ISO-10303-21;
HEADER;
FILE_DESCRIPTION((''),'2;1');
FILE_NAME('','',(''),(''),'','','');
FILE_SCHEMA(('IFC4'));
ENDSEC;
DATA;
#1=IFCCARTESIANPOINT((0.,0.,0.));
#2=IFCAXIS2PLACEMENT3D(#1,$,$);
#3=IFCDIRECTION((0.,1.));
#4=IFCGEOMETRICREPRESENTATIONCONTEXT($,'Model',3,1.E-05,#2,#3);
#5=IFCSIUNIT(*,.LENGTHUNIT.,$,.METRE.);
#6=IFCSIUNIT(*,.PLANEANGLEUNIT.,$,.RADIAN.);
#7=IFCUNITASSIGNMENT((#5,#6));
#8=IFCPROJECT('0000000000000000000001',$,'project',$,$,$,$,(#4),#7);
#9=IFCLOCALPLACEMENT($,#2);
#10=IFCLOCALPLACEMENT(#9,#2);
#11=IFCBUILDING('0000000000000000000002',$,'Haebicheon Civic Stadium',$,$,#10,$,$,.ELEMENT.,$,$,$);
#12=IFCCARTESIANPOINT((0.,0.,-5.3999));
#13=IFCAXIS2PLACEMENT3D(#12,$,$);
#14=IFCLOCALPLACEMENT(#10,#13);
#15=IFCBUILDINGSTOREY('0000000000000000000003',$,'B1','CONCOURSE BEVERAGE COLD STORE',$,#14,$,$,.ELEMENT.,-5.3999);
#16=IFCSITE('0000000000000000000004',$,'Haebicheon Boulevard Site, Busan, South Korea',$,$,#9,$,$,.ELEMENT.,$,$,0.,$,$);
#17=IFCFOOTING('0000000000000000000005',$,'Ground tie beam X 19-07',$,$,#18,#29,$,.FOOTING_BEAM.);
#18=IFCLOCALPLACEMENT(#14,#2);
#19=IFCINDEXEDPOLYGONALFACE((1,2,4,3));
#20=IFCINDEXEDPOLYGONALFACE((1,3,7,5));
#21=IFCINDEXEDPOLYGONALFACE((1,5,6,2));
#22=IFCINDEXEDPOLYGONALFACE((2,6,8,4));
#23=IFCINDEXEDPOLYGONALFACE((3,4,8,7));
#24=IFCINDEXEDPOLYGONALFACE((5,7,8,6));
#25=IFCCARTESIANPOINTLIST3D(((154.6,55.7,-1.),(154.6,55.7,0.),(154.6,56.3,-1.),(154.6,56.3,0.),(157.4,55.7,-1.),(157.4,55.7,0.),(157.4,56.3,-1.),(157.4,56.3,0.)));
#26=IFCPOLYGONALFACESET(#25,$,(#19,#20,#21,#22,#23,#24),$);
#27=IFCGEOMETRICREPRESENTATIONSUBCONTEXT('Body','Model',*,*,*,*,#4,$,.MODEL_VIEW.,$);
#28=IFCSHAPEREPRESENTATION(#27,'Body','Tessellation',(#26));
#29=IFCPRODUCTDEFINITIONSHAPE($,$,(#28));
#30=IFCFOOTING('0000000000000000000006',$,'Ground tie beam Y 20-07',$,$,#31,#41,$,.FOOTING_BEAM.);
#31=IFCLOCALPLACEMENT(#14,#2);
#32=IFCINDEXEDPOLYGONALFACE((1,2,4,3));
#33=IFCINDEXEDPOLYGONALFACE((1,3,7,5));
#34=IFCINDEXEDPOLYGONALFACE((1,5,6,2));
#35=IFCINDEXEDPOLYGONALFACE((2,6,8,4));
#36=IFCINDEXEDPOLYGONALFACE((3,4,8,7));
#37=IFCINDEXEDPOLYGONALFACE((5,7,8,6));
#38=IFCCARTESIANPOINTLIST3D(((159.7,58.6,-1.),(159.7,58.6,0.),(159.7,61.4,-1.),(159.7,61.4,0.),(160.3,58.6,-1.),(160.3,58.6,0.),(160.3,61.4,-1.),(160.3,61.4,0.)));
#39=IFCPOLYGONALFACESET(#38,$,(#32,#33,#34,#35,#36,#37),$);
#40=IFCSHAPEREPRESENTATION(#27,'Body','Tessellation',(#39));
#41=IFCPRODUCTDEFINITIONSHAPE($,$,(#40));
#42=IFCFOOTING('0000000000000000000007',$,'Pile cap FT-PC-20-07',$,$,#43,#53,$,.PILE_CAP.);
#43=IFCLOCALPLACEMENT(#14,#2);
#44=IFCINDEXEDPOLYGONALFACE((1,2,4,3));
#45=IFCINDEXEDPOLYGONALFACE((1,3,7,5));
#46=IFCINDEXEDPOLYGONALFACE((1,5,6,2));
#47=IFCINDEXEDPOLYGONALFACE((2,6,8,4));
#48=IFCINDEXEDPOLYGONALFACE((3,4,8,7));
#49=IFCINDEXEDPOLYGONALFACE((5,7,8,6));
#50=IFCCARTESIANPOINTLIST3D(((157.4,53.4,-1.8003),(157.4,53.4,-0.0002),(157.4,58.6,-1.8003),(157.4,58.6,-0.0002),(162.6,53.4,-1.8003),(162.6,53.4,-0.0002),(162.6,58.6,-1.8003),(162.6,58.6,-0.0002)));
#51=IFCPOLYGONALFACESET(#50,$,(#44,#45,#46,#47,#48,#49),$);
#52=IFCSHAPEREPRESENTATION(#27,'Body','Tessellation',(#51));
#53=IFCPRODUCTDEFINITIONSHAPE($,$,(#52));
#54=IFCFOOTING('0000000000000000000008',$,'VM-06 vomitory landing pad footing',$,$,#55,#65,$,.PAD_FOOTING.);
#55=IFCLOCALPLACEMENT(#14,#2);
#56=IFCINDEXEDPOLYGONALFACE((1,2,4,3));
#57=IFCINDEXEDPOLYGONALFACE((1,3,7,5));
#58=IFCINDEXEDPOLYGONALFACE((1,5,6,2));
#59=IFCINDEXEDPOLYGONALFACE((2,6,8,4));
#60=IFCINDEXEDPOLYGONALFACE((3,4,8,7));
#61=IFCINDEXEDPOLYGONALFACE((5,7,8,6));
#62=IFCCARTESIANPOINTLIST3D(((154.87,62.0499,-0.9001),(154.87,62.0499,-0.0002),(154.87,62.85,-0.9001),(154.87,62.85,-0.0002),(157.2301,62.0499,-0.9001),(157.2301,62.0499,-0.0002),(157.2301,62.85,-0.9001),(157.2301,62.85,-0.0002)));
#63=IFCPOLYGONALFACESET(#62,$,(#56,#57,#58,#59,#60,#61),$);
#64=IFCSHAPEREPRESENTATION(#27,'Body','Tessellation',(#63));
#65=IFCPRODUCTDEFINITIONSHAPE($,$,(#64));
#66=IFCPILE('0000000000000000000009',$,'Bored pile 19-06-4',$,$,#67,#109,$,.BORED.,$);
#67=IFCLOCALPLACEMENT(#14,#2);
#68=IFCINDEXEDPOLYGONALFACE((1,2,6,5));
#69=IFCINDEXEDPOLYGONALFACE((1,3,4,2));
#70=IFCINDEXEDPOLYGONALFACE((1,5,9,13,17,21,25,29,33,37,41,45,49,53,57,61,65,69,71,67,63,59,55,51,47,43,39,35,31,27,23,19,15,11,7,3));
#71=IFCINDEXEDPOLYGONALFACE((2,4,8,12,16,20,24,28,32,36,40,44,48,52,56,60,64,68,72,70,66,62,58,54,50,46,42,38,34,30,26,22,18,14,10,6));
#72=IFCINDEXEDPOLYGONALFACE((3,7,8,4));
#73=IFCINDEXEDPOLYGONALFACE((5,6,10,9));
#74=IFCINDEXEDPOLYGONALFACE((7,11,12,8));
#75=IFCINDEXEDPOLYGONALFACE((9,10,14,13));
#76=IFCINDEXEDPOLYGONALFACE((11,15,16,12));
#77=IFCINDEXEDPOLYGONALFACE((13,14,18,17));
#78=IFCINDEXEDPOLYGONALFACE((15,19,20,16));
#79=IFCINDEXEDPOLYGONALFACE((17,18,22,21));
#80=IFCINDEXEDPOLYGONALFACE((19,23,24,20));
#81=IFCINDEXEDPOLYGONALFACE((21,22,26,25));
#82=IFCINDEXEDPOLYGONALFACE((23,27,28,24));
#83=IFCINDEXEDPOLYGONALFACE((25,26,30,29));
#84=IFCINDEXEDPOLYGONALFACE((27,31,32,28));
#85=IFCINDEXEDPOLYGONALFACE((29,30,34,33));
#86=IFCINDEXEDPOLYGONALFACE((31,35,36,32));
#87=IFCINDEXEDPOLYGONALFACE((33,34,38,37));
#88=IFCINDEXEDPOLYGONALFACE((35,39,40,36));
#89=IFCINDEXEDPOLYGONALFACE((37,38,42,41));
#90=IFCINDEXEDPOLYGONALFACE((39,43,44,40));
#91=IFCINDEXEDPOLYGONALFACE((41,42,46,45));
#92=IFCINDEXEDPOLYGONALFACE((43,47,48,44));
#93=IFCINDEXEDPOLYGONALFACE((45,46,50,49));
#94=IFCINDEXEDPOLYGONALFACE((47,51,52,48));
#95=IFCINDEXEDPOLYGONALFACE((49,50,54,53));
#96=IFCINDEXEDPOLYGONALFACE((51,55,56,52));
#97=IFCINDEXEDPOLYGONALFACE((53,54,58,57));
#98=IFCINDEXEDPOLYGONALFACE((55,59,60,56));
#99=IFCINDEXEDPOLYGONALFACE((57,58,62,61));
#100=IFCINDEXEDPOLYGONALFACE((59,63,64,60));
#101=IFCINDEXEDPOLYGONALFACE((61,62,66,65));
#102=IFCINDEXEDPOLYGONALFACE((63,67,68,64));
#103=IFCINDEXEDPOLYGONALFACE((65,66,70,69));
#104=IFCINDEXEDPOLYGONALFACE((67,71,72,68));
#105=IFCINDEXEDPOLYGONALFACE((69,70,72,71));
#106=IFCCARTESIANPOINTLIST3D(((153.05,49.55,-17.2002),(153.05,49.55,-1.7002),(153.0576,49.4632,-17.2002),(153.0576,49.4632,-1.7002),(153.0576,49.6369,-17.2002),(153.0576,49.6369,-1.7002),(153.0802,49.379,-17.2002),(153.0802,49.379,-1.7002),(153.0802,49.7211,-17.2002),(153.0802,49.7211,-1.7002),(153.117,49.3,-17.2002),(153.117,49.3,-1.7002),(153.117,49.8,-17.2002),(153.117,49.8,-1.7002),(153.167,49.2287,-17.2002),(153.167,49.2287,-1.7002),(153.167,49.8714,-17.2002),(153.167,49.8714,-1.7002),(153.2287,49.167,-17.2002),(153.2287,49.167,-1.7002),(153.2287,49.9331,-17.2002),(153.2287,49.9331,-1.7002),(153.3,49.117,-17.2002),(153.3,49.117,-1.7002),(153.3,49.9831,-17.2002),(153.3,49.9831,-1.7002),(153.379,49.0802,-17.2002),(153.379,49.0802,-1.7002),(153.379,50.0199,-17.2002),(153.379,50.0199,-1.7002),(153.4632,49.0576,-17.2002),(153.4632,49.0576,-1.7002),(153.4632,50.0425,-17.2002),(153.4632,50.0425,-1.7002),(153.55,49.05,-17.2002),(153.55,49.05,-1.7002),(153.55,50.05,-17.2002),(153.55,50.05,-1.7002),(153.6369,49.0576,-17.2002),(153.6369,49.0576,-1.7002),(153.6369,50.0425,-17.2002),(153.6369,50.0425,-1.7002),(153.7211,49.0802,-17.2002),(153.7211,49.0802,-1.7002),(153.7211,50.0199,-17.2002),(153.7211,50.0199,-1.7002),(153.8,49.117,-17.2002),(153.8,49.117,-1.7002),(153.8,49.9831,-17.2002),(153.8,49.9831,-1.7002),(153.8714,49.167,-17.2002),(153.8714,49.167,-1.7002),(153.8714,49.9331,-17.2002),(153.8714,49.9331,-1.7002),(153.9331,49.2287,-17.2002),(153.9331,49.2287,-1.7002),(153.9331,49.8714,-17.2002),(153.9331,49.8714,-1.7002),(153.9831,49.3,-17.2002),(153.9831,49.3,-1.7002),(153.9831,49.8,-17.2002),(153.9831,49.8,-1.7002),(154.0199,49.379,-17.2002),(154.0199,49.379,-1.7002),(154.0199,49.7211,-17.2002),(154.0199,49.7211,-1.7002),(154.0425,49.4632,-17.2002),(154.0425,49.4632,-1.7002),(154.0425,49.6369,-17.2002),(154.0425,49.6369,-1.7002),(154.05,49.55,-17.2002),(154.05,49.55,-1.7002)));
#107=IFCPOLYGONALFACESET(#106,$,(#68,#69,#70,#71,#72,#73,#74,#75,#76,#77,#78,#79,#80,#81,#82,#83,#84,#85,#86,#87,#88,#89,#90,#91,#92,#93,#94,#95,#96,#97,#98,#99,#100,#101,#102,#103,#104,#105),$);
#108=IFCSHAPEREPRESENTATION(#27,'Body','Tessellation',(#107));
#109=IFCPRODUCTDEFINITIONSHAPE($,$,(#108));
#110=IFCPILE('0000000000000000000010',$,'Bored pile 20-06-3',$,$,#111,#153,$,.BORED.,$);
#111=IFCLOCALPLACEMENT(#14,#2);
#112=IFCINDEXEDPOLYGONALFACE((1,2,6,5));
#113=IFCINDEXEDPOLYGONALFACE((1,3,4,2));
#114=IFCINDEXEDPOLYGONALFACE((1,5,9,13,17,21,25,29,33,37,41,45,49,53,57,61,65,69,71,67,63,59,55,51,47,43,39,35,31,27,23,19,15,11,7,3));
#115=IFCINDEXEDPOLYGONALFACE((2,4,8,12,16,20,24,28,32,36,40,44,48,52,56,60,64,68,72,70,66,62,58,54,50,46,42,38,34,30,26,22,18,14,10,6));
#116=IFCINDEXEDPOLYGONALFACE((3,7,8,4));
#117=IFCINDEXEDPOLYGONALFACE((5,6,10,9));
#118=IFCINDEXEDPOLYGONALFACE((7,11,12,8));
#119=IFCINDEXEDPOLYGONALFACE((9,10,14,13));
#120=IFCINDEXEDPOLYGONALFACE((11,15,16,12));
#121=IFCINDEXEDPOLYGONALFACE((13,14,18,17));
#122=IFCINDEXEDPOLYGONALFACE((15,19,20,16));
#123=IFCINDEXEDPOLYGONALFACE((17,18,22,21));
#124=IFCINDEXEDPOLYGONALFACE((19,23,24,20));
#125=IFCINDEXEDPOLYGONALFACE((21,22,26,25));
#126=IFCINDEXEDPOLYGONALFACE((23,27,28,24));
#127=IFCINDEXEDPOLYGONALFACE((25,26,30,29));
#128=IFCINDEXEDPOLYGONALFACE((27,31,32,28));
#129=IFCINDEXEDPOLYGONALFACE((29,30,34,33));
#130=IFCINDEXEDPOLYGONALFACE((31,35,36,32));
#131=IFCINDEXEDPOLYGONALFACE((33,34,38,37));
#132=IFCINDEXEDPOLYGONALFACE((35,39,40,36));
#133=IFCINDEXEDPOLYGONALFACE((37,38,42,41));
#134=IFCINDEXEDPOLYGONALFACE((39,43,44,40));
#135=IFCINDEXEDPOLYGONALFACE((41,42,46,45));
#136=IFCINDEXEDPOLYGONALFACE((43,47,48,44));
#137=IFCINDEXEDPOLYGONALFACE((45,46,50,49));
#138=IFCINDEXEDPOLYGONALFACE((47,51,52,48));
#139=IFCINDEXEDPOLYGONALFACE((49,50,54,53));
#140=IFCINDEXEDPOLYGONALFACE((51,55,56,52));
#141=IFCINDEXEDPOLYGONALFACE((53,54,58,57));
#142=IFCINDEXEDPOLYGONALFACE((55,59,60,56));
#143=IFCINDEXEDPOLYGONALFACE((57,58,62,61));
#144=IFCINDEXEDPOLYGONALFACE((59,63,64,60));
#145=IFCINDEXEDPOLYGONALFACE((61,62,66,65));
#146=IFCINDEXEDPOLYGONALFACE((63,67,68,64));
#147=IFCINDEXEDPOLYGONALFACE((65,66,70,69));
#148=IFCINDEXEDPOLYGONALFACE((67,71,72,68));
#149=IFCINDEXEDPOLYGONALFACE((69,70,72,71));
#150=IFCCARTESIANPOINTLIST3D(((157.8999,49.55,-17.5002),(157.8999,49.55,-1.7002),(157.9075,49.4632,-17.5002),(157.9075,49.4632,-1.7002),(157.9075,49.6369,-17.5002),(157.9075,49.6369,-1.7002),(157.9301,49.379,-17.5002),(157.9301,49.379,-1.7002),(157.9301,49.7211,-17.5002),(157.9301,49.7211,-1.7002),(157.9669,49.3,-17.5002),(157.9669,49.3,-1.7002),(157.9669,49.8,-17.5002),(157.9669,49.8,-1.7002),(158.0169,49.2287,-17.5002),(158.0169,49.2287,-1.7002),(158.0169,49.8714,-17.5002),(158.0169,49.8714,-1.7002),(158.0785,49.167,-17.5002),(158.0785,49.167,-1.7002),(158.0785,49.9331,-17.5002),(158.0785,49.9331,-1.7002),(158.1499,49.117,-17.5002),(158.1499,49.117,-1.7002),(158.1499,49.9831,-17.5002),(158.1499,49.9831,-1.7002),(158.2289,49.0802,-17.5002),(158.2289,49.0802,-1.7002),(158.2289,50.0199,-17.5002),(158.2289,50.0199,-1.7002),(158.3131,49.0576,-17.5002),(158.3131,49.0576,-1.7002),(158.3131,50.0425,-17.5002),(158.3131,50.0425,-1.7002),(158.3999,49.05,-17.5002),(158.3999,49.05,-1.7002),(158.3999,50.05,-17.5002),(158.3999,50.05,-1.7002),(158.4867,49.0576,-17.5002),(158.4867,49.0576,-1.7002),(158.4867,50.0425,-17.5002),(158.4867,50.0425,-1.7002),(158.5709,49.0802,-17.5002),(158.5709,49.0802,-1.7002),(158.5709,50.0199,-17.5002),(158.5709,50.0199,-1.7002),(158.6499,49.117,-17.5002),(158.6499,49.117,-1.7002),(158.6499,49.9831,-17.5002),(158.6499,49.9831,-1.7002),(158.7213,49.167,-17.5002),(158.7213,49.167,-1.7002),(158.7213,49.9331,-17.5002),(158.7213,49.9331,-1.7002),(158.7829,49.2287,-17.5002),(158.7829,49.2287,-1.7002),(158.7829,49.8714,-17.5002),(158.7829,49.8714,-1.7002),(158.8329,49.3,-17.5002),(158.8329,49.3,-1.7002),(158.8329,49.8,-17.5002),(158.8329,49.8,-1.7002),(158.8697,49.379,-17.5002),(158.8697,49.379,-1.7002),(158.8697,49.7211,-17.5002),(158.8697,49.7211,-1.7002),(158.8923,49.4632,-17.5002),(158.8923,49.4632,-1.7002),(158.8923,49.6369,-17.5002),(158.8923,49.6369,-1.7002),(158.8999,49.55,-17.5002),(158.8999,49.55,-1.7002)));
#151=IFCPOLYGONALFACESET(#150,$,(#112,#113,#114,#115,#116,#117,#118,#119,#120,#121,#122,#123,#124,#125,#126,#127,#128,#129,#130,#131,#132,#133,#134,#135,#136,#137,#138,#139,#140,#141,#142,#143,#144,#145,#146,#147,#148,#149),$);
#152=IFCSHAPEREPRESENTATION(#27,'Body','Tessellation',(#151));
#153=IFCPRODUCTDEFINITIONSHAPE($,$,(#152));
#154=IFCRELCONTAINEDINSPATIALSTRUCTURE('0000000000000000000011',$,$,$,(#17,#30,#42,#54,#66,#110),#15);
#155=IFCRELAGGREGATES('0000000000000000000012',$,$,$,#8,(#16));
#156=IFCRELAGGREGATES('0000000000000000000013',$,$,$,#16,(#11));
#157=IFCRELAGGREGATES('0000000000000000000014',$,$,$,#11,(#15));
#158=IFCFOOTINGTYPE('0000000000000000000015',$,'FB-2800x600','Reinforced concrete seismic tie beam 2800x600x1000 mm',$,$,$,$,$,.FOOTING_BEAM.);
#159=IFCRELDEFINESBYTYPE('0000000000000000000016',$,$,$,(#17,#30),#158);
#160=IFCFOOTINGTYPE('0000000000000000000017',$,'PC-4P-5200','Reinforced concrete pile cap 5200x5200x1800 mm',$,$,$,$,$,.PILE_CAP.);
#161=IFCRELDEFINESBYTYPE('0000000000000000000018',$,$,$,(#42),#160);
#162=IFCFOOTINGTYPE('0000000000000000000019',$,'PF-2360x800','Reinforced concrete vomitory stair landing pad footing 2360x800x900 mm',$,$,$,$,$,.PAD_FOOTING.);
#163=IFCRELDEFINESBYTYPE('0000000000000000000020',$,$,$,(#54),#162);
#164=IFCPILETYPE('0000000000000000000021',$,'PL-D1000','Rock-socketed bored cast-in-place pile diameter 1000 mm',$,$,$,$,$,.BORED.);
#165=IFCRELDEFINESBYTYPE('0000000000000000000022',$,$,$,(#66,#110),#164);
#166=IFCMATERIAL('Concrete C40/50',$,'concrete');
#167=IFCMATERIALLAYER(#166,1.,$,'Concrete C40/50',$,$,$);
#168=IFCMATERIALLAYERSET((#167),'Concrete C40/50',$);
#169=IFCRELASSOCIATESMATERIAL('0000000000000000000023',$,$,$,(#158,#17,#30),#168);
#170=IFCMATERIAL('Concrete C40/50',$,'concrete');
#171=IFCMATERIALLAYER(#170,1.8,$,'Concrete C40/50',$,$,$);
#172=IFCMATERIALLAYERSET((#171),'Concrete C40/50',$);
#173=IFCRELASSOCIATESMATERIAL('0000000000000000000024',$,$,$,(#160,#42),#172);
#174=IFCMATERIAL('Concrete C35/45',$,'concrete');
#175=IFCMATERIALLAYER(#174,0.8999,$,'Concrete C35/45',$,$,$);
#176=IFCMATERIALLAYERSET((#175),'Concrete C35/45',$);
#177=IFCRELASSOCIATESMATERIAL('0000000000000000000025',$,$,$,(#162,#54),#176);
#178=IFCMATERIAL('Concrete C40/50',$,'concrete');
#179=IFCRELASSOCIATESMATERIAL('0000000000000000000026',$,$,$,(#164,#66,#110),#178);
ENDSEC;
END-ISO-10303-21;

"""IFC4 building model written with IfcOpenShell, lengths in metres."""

from ifc_helpers import new_model, si_unit, direction, frame, origin, origin_2d, place, context, subcontext, project, spatial, rectangle, circle, extrude, material, layer, layer_set, material_profile, profile_set, type_object, element, save


model = new_model("IFC4")

# Units and contexts
model_context = context("Model", 3, precision=1e-05, world=origin(), true_north=direction((0.0, 1.0)))
body_context = subcontext(model_context, "Body", "Model", "MODEL_VIEW")
ifc_project = project(units=[si_unit("LENGTHUNIT", "METRE"), si_unit("PLANEANGLEUNIT", "RADIAN")], contexts=[model_context])

# Site, building, storey
site_placement = place(None, origin())
site = spatial("IfcSite", under=ifc_project, at=site_placement, Name="Haebicheon Boulevard Site, Busan, South Korea", CompositionType="ELEMENT", RefElevation=0.0)
building_placement = place(site_placement, origin())
building = spatial("IfcBuilding", under=site, at=building_placement, Name="Haebicheon Civic Stadium", CompositionType="ELEMENT")
storey_placement = place(building_placement, frame((0.0, 0.0, -5.3999)))
storey = spatial("IfcBuildingStorey", under=building, at=storey_placement, Name="B1", Description="CONCOURSE BEVERAGE COLD STORE", CompositionType="ELEMENT", Elevation=-5.3999)

# Footings
ifc_material_1 = material(Name="Concrete C40/50", Category="concrete")
ifc_layer_1 = layer(ifc_material_1, 1.0, Name="Concrete C40/50")
ifc_layer_set_1 = layer_set([ifc_layer_1], Name="Concrete C40/50")
footing_type_1 = type_object("IfcFootingType", Name="FB-2800x600", Description="Reinforced concrete seismic tie beam 2800x600x1000 mm", PredefinedType="FOOTING_BEAM", material=ifc_layer_set_1)
for number, where, z_axis, x_axis, name in (
    (1, (156.0, 56.0, -1.0), (0.0, 0.0, 1.0), (1.0, 0.0, 0.0), "Ground tie beam X 19-07"),
    (2, (160.0, 60.0, -1.0), (0.0, 0.0, 1.0), (0.0, 1.0, 0.0), "Ground tie beam Y 20-07"),
):
    element("IfcFooting", number, at=place(storey_placement, frame(where, z_axis=z_axis, x_axis=x_axis)), inside=storey, type_object=footing_type_1, material=ifc_layer_set_1, Name=name, PredefinedType="FOOTING_BEAM", context=body_context, shape_type="SweptSolid", body=[
        extrude(rectangle(XDim=2.8, YDim=0.6001, at=origin_2d()), origin(), (0.0, 0.0, 1.0), 1.0),
    ])
ifc_material_2 = material(Name="Concrete C40/50", Category="concrete")
ifc_layer_2 = layer(ifc_material_2, 1.8, Name="Concrete C40/50")
ifc_layer_set_2 = layer_set([ifc_layer_2], Name="Concrete C40/50")
footing_type_2 = type_object("IfcFootingType", Name="PC-4P-5200", Description="Reinforced concrete pile cap 5200x5200x1800 mm", PredefinedType="PILE_CAP", material=ifc_layer_set_2)
footing_1_placement = place(storey_placement, frame((160.0, 56.0, -1.8003), z_axis=(0.0, 0.0, 1.0), x_axis=(1.0, 0.0, 0.0)))
element("IfcFooting", 3, at=footing_1_placement, inside=storey, type_object=footing_type_2, material=ifc_layer_set_2, Name="Pile cap FT-PC-20-07", PredefinedType="PILE_CAP", context=body_context, shape_type="SweptSolid", body=[
    extrude(rectangle(XDim=5.2, YDim=5.2, at=origin_2d()), origin(), (0.0, 0.0, 1.0), 1.8),
])
ifc_material_3 = material(Name="Concrete C35/45", Category="concrete")
ifc_layer_3 = layer(ifc_material_3, 0.8999, Name="Concrete C35/45")
ifc_layer_set_3 = layer_set([ifc_layer_3], Name="Concrete C35/45")
footing_type_3 = type_object("IfcFootingType", Name="PF-2360x800", Description="Reinforced concrete vomitory stair landing pad footing 2360x800x900 mm", PredefinedType="PAD_FOOTING", material=ifc_layer_set_3)
footing_2_placement = place(storey_placement, frame((156.05, 62.45, -0.9001), z_axis=(0.0, 0.0, 1.0), x_axis=(1.0, 0.0, 0.0)))
element("IfcFooting", 4, at=footing_2_placement, inside=storey, type_object=footing_type_3, material=ifc_layer_set_3, Name="VM-06 vomitory landing pad footing", PredefinedType="PAD_FOOTING", context=body_context, shape_type="SweptSolid", body=[
    extrude(rectangle(XDim=2.3601, YDim=0.8, at=origin_2d()), origin(), (0.0, 0.0, 1.0), 0.8999),
])

# Piles
ifc_material_4 = material(Name="Concrete C40/50", Category="concrete")
ifc_material_profile_1 = material_profile(ifc_material_4, circle(Radius=0.5, at=origin_2d()), Name="PILE-D1000")
ifc_profile_set_1 = profile_set([ifc_material_profile_1], Name="Concrete C40/50")
pile_type_1 = type_object("IfcPileType", Name="PL-D1000", Description="Rock-socketed bored cast-in-place pile diameter 1000 mm", PredefinedType="BORED", material=ifc_profile_set_1)
pile_1_placement = place(storey_placement, frame((153.55, 49.55, -1.7002), z_axis=(0.0, 0.0, -1.0), x_axis=(1.0, 0.0, 0.0)))
element("IfcPile", 5, at=pile_1_placement, inside=storey, type_object=pile_type_1, material=ifc_profile_set_1, Name="Bored pile 19-06-4", PredefinedType="BORED", context=body_context, shape_type="SweptSolid", body=[
    extrude(circle(Radius=0.5, at=origin_2d()), origin(), (0.0, 0.0, 1.0), 15.5),
])
pile_2_placement = place(storey_placement, frame((158.3999, 49.55, -1.7002), z_axis=(0.0, 0.0, -1.0), x_axis=(1.0, 0.0, 0.0)))
element("IfcPile", 6, at=pile_2_placement, inside=storey, type_object=pile_type_1, material=ifc_profile_set_1, Name="Bored pile 20-06-3", PredefinedType="BORED", context=body_context, shape_type="SweptSolid", body=[
    extrude(circle(Radius=0.5, at=origin_2d()), origin(), (0.0, 0.0, 1.0), 15.8),
])

save(model, "model.ifc")
